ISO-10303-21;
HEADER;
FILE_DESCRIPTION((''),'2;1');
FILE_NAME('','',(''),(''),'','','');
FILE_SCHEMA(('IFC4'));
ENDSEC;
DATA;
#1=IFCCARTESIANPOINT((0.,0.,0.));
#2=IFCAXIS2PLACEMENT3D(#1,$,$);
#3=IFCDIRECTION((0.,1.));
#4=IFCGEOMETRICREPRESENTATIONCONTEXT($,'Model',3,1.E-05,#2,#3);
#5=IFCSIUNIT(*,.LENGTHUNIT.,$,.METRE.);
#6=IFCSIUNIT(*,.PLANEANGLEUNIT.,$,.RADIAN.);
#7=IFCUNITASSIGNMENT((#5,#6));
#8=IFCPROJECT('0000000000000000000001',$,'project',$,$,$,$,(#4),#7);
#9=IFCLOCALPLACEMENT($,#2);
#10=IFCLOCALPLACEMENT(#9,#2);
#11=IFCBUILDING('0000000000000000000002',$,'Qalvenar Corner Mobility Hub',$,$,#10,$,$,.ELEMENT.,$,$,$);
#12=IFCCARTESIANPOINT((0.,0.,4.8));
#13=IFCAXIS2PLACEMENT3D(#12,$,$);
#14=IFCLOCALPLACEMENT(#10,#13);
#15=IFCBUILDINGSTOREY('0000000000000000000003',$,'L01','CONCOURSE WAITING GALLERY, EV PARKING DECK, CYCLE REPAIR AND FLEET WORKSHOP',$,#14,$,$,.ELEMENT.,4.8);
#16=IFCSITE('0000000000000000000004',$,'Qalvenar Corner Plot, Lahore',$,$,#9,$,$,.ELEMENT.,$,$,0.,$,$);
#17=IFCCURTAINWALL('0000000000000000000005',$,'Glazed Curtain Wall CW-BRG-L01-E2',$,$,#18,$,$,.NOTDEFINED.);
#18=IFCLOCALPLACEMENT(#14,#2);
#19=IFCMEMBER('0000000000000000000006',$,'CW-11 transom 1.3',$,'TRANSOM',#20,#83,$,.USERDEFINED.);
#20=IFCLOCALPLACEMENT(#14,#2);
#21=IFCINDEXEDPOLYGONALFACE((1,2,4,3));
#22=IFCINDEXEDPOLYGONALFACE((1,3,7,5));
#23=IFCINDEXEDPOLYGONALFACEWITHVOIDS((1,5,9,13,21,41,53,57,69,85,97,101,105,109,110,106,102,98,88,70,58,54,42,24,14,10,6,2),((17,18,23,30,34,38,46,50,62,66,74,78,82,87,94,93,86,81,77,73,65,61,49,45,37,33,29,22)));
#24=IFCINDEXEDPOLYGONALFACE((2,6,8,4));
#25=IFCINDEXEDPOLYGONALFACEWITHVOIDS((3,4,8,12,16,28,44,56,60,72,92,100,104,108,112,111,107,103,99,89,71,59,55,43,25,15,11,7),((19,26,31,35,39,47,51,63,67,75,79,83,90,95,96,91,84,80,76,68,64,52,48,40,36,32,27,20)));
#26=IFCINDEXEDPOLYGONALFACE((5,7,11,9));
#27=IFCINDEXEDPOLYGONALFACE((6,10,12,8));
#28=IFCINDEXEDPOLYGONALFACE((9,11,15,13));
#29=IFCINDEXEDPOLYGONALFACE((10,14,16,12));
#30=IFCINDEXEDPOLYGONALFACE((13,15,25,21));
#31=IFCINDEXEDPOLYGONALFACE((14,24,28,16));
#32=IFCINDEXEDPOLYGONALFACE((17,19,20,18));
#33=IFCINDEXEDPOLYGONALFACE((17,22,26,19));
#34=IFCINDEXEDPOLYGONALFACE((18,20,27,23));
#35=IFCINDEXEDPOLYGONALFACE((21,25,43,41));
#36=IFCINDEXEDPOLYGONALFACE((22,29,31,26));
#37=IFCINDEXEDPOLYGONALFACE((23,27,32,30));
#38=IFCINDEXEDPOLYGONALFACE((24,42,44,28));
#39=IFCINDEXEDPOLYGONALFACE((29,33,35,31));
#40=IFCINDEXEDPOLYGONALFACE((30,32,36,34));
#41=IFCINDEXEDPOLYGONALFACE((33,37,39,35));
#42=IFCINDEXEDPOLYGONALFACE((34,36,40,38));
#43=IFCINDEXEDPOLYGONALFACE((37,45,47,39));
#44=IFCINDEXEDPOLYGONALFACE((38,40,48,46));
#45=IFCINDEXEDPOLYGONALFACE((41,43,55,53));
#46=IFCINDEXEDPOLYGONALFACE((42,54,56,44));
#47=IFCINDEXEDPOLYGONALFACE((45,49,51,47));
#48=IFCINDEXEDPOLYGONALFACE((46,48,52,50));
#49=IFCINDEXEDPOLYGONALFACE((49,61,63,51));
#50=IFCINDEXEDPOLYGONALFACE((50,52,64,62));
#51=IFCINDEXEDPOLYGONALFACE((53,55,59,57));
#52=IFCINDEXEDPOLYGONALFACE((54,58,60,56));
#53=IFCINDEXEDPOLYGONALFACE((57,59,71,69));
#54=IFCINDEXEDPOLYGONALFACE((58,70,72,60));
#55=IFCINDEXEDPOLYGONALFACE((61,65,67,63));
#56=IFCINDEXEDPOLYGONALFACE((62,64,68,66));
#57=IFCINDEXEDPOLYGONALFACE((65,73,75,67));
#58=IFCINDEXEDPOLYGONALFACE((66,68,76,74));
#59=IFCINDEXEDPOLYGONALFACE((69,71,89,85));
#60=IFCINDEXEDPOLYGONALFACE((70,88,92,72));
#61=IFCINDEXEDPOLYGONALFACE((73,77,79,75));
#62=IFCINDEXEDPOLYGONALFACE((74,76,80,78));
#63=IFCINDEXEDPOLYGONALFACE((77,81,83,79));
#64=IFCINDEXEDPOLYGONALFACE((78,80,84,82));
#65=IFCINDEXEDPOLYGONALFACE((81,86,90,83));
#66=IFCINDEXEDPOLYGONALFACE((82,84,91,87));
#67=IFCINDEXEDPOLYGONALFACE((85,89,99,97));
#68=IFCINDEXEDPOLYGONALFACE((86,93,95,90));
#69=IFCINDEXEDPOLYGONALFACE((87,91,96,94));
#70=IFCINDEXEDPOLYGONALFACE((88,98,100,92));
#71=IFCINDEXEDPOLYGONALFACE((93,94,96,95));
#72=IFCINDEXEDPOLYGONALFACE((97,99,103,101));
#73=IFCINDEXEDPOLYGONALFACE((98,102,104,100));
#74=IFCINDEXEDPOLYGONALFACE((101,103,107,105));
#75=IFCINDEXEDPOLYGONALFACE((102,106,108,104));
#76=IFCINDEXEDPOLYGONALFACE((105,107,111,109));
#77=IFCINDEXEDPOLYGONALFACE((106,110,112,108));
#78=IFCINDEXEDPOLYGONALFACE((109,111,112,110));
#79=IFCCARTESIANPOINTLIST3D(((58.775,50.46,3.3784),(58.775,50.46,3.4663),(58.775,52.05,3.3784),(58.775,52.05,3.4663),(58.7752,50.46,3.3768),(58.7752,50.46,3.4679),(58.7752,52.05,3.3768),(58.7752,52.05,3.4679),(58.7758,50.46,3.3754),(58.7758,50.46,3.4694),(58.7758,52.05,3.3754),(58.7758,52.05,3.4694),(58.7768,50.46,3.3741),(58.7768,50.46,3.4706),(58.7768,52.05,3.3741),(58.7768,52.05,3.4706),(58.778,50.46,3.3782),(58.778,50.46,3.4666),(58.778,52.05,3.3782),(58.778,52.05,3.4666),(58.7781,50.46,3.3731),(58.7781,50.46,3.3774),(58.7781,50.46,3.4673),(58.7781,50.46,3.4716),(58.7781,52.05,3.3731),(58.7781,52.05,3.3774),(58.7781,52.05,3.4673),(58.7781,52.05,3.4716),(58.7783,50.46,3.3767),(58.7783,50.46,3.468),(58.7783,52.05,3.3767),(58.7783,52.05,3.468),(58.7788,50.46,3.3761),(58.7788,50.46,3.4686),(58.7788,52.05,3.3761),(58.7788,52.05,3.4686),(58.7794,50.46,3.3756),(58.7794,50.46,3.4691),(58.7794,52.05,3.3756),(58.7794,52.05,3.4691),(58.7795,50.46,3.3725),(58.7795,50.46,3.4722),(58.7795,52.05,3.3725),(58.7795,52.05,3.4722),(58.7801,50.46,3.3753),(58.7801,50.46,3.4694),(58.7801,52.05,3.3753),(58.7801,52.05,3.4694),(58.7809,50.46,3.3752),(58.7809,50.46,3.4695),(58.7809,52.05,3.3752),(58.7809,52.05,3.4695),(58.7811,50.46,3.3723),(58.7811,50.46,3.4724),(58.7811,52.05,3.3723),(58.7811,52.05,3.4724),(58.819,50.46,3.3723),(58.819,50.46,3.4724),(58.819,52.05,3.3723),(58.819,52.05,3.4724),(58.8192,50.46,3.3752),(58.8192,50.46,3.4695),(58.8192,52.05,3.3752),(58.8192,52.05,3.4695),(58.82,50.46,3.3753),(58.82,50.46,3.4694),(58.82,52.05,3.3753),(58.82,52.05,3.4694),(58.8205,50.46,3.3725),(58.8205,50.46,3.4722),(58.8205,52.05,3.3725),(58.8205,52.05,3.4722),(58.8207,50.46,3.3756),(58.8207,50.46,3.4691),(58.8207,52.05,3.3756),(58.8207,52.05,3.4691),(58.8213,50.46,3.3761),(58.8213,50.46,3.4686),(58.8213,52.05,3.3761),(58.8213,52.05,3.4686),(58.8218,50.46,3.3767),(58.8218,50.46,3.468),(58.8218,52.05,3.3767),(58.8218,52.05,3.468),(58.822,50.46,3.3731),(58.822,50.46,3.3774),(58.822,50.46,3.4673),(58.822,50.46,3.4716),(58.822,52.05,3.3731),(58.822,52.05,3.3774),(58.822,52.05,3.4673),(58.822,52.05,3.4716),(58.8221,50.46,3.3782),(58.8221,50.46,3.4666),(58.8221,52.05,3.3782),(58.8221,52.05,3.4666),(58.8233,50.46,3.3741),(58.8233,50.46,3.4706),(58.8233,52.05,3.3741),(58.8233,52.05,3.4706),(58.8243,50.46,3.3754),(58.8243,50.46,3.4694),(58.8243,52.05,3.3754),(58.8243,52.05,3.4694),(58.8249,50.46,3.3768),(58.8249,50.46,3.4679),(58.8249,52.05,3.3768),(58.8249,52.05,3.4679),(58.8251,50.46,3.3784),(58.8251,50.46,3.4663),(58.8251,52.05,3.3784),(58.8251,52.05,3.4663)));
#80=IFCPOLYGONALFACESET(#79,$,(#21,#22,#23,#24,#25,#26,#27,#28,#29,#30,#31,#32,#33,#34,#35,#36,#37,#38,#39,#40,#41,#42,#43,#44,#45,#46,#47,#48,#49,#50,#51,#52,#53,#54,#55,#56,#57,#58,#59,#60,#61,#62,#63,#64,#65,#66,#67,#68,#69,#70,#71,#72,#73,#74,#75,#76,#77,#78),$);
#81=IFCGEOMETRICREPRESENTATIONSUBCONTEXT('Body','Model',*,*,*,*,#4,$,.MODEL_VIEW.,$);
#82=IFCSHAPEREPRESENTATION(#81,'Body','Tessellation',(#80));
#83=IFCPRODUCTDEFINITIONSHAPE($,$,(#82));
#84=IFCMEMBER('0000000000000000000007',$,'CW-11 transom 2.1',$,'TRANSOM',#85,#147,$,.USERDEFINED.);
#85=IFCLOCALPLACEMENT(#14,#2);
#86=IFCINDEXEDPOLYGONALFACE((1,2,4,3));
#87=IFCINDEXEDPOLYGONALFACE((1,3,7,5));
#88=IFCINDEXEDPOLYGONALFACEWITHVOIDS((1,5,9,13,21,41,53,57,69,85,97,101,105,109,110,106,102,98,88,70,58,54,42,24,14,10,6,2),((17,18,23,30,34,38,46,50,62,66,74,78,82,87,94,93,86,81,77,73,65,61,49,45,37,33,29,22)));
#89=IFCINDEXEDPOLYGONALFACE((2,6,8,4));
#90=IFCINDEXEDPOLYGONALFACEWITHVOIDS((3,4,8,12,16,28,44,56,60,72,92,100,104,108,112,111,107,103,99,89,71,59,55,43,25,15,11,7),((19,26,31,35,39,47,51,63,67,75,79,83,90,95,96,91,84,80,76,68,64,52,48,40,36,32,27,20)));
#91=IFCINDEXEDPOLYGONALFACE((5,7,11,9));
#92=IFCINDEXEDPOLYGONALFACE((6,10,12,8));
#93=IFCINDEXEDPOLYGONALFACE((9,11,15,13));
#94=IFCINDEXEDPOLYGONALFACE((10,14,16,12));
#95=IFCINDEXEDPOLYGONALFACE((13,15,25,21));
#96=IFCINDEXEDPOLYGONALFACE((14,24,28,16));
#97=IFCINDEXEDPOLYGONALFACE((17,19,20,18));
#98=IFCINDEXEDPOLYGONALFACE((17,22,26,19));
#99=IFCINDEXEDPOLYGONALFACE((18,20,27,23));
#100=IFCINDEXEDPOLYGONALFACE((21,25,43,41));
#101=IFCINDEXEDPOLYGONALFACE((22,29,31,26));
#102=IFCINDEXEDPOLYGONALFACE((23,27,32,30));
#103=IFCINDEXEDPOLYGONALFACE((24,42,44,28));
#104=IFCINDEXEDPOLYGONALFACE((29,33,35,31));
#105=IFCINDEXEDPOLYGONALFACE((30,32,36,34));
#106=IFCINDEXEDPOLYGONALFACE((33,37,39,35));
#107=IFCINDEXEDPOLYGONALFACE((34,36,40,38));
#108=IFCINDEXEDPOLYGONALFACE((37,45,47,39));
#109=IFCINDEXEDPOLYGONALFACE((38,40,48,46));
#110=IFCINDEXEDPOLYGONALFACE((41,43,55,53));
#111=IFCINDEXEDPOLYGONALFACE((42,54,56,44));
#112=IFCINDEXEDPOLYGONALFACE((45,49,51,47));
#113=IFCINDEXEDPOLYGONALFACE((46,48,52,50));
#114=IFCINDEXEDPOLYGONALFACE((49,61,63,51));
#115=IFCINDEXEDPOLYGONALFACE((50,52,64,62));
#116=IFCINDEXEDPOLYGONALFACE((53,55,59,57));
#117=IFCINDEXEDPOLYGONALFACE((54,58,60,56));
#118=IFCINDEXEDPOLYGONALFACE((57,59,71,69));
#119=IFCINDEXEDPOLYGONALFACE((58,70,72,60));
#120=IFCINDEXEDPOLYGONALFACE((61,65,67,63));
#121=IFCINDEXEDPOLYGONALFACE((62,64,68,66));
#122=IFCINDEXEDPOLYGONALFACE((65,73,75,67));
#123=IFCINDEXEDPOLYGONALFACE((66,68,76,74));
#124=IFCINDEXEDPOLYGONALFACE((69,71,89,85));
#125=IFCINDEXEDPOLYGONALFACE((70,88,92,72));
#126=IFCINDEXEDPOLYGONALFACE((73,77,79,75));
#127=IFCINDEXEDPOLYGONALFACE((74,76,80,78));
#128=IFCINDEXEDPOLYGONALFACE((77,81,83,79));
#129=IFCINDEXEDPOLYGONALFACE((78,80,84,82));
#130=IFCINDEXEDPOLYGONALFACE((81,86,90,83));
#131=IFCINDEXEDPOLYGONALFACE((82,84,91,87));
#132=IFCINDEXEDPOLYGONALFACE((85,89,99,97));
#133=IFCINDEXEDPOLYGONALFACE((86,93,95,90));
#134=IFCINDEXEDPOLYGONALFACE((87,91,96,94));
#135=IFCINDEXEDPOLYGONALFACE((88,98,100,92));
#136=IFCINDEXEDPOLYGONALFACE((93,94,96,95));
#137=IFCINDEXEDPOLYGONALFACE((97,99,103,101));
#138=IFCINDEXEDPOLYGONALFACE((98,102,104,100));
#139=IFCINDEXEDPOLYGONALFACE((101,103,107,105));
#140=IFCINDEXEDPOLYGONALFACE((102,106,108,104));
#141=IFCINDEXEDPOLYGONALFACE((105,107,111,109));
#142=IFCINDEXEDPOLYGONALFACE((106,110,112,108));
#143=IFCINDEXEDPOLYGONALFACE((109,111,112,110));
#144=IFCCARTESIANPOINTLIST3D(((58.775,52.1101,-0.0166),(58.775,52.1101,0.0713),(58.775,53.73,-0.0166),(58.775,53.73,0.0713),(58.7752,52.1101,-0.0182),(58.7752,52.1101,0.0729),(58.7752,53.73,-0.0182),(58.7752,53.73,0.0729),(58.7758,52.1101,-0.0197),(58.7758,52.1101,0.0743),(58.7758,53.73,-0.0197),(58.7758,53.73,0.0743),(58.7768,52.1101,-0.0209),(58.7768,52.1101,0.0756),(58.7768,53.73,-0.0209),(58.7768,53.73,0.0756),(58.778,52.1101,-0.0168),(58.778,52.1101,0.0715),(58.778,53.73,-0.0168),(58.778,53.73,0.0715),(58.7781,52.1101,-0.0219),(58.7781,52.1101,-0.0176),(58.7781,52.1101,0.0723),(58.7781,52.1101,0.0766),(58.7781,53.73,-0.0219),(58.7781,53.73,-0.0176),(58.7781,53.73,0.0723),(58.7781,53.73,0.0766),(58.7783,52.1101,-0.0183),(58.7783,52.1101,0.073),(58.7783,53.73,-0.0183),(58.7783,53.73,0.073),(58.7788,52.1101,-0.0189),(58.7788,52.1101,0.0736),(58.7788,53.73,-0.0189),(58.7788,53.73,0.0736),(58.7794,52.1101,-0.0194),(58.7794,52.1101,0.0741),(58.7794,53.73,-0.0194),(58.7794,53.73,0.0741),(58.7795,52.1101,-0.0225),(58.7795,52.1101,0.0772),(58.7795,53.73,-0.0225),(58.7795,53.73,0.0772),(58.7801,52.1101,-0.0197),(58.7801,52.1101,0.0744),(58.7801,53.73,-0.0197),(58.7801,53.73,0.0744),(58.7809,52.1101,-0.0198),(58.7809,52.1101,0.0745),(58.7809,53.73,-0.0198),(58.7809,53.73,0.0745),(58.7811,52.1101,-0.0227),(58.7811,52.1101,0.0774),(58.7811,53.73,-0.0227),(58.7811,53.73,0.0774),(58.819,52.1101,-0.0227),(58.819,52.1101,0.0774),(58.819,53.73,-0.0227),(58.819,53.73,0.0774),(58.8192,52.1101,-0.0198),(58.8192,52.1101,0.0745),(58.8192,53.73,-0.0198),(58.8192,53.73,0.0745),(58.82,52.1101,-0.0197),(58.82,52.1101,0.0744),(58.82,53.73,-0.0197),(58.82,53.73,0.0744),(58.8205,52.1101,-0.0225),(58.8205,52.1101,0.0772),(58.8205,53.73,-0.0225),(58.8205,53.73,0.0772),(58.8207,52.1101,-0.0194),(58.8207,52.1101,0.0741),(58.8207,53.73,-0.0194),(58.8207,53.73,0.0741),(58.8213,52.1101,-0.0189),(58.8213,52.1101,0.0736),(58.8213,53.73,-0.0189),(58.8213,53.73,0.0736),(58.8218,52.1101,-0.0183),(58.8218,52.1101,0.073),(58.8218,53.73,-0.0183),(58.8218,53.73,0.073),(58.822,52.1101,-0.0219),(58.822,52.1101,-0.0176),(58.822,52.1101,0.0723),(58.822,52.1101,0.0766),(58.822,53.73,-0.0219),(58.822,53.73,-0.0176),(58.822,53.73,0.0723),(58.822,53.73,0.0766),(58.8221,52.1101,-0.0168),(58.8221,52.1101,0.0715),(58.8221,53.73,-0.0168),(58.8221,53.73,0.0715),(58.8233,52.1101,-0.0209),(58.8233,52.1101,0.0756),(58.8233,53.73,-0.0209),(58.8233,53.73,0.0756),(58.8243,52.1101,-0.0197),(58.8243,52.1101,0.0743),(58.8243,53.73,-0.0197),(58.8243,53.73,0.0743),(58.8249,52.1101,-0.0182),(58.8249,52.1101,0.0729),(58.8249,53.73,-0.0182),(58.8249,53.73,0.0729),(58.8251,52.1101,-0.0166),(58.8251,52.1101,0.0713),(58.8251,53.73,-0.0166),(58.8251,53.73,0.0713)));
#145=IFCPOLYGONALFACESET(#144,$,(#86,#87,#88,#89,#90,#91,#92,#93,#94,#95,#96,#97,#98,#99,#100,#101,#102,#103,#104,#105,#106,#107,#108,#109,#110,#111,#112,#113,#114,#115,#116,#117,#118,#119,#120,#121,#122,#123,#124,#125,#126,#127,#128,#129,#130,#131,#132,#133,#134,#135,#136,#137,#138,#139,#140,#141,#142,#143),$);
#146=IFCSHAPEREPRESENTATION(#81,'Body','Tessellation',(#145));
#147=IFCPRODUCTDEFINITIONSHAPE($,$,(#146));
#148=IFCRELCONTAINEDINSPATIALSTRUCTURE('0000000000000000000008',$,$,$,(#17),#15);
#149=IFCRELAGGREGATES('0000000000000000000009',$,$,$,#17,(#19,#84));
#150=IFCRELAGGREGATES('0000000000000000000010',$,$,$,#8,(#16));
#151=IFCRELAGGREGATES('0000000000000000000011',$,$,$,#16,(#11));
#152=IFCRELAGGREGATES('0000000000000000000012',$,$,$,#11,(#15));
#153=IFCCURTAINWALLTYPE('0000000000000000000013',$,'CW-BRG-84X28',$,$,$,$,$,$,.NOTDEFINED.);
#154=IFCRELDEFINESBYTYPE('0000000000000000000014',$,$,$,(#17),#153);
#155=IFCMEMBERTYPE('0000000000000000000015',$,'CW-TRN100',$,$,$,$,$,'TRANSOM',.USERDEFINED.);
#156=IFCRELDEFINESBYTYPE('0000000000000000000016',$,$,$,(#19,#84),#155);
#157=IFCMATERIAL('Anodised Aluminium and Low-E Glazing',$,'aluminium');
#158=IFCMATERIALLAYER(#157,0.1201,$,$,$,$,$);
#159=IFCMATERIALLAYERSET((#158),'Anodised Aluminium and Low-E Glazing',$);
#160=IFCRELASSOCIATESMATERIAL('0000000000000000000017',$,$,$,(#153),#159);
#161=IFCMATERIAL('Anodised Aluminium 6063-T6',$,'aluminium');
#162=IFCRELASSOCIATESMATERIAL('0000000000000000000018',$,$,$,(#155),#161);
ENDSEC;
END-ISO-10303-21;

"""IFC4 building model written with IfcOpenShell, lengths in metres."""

from ifc_helpers import new_model, si_unit, direction, frame, origin, origin_2d, place, context, subcontext, project, spatial, hollow_rectangle, extrude, material, layer, layer_set, material_profile, profile_set, type_object, element, aggregate, save


model = new_model("IFC4")

# Units and contexts
model_context = context("Model", 3, precision=1e-05, world=origin(), true_north=direction((0.0, 1.0)))
body_context = subcontext(model_context, "Body", "Model", "MODEL_VIEW")
ifc_project = project(units=[si_unit("LENGTHUNIT", "METRE"), si_unit("PLANEANGLEUNIT", "RADIAN")], contexts=[model_context])

# Site, building, storey
site_placement = place(None, origin())
site = spatial("IfcSite", under=ifc_project, at=site_placement, Name="Qalvenar Corner Plot, Lahore", CompositionType="ELEMENT", RefElevation=0.0)
building_placement = place(site_placement, origin())
building = spatial("IfcBuilding", under=site, at=building_placement, Name="Qalvenar Corner Mobility Hub", CompositionType="ELEMENT")
storey_placement = place(building_placement, frame((0.0, 0.0, 4.8)))
storey = spatial("IfcBuildingStorey", under=building, at=storey_placement, Name="L01", Description="CONCOURSE WAITING GALLERY, EV PARKING DECK, CYCLE REPAIR AND FLEET WORKSHOP", CompositionType="ELEMENT", Elevation=4.8)

# Curtain wall, members
ifc_material_1 = material(Name="Anodised Aluminium and Low-E Glazing", Category="aluminium")
ifc_layer_1 = layer(ifc_material_1, 0.1201)
ifc_layer_set_1 = layer_set([ifc_layer_1], Name="Anodised Aluminium and Low-E Glazing")
curtain_wall_type = type_object("IfcCurtainWallType", Name="CW-BRG-84X28", PredefinedType="NOTDEFINED", material=ifc_layer_set_1)
curtain_wall_placement = place(storey_placement, origin())
curtain_wall = element("IfcCurtainWall", 1, at=curtain_wall_placement, inside=storey, type_object=curtain_wall_type, Name="Glazed Curtain Wall CW-BRG-L01-E2", PredefinedType="NOTDEFINED")
ifc_material_2 = material(Name="Anodised Aluminium 6063-T6", Category="aluminium")
ifc_material_profile_1 = material_profile(ifc_material_2, hollow_rectangle(XDim=0.05, YDim=0.1001, WallThickness=0.0029, InnerFilletRadius=0.0029, OuterFilletRadius=0.0061, at=origin_2d()), Name="RHS100x50x3")
ifc_profile_set_1 = profile_set([ifc_material_profile_1], Name="Anodised Aluminium 6063-T6")
member_type_1 = type_object("IfcMemberType", Name="CW-TRN100", ElementType="TRANSOM", PredefinedType="USERDEFINED", material=ifc_profile_set_1)
member_1_placement = place(storey_placement, frame((58.8, 50.46, 3.4224), z_axis=(0.0, 1.0, 0.0), x_axis=(-1.0, 0.0, 0.0)))
member_1 = element("IfcMember", 2, at=member_1_placement, type_object=member_type_1, Name="CW-11 transom 1.3", ObjectType="TRANSOM", PredefinedType="USERDEFINED", context=body_context, shape_type="SweptSolid", body=[
    extrude(hollow_rectangle(XDim=0.05, YDim=0.1001, WallThickness=0.0029, InnerFilletRadius=0.0029, OuterFilletRadius=0.0061, at=origin_2d()), origin(), (0.0, 0.0, 1.0), 1.5901),
])
member_2_placement = place(storey_placement, frame((58.8, 52.1101, 0.0273), z_axis=(0.0, 1.0, 0.0), x_axis=(-1.0, 0.0, 0.0)))
member_2 = element("IfcMember", 3, at=member_2_placement, type_object=member_type_1, Name="CW-11 transom 2.1", ObjectType="TRANSOM", PredefinedType="USERDEFINED", context=body_context, shape_type="SweptSolid", body=[
    extrude(hollow_rectangle(XDim=0.05, YDim=0.1001, WallThickness=0.0029, InnerFilletRadius=0.0029, OuterFilletRadius=0.0061, at=origin_2d()), origin(), (0.0, 0.0, 1.0), 1.6199),
])
aggregate(curtain_wall, [member_1, member_2])

save(model, "model.ifc")
